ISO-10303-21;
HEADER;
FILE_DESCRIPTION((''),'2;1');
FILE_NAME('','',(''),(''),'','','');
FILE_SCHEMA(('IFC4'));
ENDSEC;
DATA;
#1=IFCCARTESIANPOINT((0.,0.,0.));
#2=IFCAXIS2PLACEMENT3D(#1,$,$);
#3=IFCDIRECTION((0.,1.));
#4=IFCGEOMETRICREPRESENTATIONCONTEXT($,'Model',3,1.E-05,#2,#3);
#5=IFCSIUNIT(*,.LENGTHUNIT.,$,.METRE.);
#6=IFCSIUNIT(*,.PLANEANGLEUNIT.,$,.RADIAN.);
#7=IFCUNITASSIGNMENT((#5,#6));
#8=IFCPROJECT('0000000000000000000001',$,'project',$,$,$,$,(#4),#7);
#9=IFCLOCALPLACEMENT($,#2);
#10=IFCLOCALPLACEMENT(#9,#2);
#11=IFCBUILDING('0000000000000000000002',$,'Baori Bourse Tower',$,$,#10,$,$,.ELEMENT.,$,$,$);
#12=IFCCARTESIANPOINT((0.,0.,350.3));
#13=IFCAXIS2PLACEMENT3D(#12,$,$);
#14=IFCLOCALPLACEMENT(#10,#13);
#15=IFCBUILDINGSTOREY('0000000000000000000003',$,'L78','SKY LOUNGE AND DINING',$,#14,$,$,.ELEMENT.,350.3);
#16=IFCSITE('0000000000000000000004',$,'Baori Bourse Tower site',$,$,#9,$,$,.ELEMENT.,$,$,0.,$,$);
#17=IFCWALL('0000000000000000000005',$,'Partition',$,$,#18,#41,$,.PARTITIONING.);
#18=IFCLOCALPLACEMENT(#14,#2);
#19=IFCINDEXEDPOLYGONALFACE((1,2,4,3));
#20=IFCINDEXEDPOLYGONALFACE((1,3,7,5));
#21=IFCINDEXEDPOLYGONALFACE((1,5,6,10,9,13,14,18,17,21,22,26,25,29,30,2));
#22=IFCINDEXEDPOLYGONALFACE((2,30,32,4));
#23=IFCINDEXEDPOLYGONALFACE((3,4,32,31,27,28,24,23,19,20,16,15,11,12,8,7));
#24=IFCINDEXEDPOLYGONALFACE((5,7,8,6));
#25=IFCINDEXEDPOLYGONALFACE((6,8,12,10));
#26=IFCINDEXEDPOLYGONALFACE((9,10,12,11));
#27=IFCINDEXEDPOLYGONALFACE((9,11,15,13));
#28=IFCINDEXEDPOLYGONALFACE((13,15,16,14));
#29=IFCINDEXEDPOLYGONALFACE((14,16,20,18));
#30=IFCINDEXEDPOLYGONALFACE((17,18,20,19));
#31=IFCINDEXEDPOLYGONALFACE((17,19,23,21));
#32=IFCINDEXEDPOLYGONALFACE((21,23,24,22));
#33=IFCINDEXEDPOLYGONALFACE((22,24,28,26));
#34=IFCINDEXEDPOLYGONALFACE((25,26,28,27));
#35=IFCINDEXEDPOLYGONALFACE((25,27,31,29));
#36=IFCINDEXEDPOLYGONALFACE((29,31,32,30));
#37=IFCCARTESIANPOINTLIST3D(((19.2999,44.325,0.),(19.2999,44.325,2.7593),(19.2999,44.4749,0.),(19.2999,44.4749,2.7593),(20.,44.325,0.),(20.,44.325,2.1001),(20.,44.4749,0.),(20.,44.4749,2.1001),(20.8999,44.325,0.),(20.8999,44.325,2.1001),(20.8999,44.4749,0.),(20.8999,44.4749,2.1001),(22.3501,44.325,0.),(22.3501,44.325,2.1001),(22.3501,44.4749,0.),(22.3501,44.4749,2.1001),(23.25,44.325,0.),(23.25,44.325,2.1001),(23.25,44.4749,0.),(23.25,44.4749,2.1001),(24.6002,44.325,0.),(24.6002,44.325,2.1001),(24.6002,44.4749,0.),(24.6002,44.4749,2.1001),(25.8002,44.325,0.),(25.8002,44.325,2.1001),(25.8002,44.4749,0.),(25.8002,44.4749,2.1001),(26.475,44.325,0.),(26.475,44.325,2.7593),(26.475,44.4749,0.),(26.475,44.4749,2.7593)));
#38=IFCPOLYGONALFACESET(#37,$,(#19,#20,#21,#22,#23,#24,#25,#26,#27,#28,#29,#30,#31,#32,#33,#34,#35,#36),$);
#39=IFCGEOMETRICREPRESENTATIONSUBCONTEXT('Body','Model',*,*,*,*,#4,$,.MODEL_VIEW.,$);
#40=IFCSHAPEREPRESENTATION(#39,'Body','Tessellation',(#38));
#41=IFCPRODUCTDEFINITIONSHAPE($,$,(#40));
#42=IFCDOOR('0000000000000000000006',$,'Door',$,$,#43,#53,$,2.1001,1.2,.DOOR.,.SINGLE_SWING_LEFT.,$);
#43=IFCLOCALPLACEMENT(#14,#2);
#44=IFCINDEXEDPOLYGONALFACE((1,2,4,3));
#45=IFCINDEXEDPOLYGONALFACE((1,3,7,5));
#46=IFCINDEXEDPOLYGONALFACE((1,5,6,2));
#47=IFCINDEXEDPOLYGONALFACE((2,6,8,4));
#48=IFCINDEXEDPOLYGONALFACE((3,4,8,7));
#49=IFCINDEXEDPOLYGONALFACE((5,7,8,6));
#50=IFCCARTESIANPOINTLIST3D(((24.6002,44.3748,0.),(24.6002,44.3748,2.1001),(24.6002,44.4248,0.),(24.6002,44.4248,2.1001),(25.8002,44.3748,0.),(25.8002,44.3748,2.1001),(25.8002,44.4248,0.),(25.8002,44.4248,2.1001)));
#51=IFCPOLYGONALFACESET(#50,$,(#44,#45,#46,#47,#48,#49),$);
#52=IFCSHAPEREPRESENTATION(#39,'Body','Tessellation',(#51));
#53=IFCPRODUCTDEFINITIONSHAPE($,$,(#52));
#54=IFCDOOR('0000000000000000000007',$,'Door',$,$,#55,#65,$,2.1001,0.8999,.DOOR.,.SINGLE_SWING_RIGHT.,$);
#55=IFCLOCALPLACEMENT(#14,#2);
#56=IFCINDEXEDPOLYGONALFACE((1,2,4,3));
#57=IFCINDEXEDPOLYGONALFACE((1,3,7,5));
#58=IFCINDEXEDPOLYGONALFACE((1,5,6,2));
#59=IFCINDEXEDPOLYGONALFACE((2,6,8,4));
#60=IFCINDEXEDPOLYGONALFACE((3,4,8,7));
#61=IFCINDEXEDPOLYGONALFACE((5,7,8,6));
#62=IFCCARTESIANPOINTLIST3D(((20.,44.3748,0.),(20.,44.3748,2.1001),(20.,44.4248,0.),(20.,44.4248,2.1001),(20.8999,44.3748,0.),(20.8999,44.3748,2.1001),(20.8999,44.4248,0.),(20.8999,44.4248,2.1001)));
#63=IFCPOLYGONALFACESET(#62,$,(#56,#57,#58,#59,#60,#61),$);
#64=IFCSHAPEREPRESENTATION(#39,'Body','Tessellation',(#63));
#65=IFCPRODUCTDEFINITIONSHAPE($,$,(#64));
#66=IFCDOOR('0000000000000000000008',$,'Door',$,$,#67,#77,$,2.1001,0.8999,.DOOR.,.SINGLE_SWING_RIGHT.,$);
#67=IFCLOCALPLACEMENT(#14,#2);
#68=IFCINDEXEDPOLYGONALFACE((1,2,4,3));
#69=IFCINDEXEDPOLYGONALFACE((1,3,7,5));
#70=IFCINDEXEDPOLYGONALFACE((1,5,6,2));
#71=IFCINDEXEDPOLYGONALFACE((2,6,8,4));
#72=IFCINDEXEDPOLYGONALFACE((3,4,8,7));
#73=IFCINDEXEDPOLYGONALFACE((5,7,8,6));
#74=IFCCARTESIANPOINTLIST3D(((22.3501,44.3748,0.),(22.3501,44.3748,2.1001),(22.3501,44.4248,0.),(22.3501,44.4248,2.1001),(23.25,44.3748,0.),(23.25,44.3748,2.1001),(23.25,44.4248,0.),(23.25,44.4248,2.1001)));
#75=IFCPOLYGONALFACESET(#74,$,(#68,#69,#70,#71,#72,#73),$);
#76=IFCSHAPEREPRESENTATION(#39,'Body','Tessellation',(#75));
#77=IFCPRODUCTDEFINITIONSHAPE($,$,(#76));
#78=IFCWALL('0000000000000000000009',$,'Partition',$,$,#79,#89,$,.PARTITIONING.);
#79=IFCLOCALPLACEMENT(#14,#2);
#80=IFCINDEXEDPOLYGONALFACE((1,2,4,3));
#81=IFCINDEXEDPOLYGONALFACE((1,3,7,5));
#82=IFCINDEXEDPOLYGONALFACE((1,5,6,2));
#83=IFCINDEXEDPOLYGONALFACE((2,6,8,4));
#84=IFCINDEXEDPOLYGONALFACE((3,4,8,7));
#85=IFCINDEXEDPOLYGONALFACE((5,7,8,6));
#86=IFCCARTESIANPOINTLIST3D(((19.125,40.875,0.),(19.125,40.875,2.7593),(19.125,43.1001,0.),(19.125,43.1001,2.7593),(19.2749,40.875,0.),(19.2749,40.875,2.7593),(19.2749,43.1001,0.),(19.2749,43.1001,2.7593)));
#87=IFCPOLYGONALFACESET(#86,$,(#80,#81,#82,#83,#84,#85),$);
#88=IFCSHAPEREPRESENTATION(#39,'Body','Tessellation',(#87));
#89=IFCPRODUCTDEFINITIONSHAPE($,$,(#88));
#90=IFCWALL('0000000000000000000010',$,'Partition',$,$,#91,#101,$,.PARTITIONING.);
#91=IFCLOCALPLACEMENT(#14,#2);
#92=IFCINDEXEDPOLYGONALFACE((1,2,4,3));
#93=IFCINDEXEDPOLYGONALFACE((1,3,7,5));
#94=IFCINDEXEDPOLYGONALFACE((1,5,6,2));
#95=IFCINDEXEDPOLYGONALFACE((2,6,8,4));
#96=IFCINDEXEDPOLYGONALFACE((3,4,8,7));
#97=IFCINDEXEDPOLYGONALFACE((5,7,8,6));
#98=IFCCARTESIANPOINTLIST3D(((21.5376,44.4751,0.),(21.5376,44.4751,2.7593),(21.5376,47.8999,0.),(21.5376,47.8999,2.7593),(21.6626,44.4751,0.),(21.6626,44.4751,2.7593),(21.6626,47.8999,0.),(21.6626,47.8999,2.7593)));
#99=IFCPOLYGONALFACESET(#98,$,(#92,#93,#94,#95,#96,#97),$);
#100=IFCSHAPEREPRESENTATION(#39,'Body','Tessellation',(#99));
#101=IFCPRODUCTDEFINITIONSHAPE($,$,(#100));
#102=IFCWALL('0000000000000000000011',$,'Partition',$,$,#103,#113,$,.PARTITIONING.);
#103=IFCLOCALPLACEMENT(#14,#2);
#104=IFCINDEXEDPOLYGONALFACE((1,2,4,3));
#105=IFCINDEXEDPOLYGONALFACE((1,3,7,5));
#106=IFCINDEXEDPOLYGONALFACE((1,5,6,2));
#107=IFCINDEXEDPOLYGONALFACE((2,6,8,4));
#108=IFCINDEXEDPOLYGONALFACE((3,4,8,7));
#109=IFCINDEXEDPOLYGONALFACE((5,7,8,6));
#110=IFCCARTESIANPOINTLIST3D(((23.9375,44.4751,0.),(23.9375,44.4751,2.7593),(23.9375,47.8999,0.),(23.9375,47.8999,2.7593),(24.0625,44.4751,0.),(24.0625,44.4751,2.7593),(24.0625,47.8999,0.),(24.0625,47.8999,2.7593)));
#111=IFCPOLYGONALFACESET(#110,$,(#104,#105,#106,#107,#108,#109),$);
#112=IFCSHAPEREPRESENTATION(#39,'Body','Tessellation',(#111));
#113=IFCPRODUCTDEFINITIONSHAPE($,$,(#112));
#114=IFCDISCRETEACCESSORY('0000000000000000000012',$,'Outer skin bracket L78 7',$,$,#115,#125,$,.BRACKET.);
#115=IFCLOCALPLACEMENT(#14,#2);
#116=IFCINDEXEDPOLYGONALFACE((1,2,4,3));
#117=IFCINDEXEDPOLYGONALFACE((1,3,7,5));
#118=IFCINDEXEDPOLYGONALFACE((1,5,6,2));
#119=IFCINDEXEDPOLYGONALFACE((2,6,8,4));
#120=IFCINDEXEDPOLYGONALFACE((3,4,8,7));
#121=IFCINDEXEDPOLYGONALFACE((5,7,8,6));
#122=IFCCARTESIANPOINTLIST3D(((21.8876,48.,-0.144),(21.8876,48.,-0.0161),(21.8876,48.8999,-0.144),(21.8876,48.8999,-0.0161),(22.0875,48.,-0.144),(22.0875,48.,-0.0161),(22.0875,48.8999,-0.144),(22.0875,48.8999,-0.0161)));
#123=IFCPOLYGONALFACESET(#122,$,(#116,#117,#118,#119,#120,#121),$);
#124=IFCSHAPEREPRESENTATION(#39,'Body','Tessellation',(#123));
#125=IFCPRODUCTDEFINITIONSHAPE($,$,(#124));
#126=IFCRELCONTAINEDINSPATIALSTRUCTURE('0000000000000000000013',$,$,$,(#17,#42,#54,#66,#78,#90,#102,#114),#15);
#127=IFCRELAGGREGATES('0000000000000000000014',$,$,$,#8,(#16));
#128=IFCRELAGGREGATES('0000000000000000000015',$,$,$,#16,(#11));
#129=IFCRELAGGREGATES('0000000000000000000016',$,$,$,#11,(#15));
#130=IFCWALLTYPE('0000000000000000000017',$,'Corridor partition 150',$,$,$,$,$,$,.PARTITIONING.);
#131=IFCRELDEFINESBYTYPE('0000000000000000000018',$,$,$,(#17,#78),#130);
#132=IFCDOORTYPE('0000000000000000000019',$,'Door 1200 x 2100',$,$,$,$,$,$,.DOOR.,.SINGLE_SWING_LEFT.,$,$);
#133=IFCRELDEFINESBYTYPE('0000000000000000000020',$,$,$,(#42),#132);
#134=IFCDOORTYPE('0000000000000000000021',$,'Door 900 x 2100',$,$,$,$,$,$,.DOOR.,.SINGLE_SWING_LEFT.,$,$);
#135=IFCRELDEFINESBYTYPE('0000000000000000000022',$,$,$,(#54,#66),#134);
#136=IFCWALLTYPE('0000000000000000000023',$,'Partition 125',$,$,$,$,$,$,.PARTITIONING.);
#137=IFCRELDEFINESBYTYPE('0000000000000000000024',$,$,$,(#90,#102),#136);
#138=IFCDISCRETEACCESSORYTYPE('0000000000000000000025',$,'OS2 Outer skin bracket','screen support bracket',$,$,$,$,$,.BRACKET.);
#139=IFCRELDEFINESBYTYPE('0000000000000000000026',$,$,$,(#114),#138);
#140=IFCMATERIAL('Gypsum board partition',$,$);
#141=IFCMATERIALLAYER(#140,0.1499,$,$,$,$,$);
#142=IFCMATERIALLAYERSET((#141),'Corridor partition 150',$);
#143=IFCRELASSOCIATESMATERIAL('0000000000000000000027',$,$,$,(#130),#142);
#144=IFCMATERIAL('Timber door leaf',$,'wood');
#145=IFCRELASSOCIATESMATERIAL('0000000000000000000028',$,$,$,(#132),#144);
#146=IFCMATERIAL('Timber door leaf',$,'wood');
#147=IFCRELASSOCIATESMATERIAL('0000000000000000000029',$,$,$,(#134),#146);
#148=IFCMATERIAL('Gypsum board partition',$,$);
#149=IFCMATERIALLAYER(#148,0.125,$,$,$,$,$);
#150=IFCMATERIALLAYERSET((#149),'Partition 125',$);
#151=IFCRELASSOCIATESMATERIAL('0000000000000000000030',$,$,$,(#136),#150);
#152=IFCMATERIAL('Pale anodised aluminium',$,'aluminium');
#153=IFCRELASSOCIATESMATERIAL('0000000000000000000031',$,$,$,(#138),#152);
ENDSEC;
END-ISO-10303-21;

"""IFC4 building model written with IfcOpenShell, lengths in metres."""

from ifc_helpers import new_model, si_unit, direction, frame, frame_2d, origin, origin_2d, place, context, subcontext, project, spatial, rectangle, extrude, material, layer, layer_set, type_object, element, fill, save


model = new_model("IFC4")

# Units and contexts
model_context = context("Model", 3, precision=1e-05, world=origin(), true_north=direction((0.0, 1.0)))
body_context = subcontext(model_context, "Body", "Model", "MODEL_VIEW")
ifc_project = project(units=[si_unit("LENGTHUNIT", "METRE"), si_unit("PLANEANGLEUNIT", "RADIAN")], contexts=[model_context])

# Site, building, storey
site_placement = place(None, origin())
site = spatial("IfcSite", under=ifc_project, at=site_placement, Name="Baori Bourse Tower site", CompositionType="ELEMENT", RefElevation=0.0)
building_placement = place(site_placement, origin())
building = spatial("IfcBuilding", under=site, at=building_placement, Name="Baori Bourse Tower", CompositionType="ELEMENT")
storey_placement = place(building_placement, frame((0.0, 0.0, 350.3)))
storey = spatial("IfcBuildingStorey", under=building, at=storey_placement, Name="L78", Description="SKY LOUNGE AND DINING", CompositionType="ELEMENT", Elevation=350.3)

# Wall, openings, doors
ifc_material_1 = material(Name="Gypsum board partition")
ifc_layer_1 = layer(ifc_material_1, 0.1499)
ifc_layer_set_1 = layer_set([ifc_layer_1], Name="Corridor partition 150")
wall_type_1 = type_object("IfcWallType", Name="Corridor partition 150", PredefinedType="PARTITIONING", material=ifc_layer_set_1)
wall_1_placement = place(storey_placement, frame((19.3, 44.3999, 0.0), z_axis=(0.0, 0.0, 1.0), x_axis=(1.0, 0.0, 0.0)))
wall_1 = element("IfcWall", 1, at=wall_1_placement, inside=storey, type_object=wall_type_1, Name="Partition", PredefinedType="PARTITIONING", context=body_context, shape_type="SweptSolid", body=[
    extrude(rectangle(XDim=7.175, YDim=0.1499, at=frame_2d((3.5874, 0.0))), origin(), (0.0, 0.0, 1.0), 2.7593),
])
opening_1_placement = place(wall_1_placement, frame((0.7, 0.0, 0.0)))
opening_1 = element("IfcOpeningElement", 2, at=opening_1_placement, cuts=wall_1, PredefinedType="OPENING", context=body_context, shape_type="SweptSolid", body=[
    extrude(rectangle(XDim=0.8999, YDim=2.1001, at=frame_2d((0.45, 1.05))), frame((0.0, 0.085, 0.0), z_axis=(0.0, -1.0, 0.0), x_axis=(1.0, 0.0, 0.0)), (0.0, 0.0, 1.0), 0.1699),
])
opening_2_placement = place(wall_1_placement, frame((3.05, 0.0, 0.0)))
opening_2 = element("IfcOpeningElement", 3, at=opening_2_placement, cuts=wall_1, PredefinedType="OPENING", context=body_context, shape_type="SweptSolid", body=[
    extrude(rectangle(XDim=0.8999, YDim=2.1001, at=frame_2d((0.45, 1.05))), frame((0.0, 0.085, 0.0), z_axis=(0.0, -1.0, 0.0), x_axis=(1.0, 0.0, 0.0)), (0.0, 0.0, 1.0), 0.1699),
])
opening_3_placement = place(wall_1_placement, frame((5.3, 0.0, 0.0)))
opening_3 = element("IfcOpeningElement", 4, at=opening_3_placement, cuts=wall_1, PredefinedType="OPENING", context=body_context, shape_type="SweptSolid", body=[
    extrude(rectangle(XDim=1.2, YDim=2.1001, at=frame_2d((0.6001, 1.05))), frame((0.0, 0.085, 0.0), z_axis=(0.0, -1.0, 0.0), x_axis=(1.0, 0.0, 0.0)), (0.0, 0.0, 1.0), 0.1699),
])
ifc_material_2 = material(Name="Timber door leaf", Category="wood")
door_type_1 = type_object("IfcDoorType", Name="Door 1200 x 2100", OperationType="SINGLE_SWING_LEFT", PredefinedType="DOOR", material=ifc_material_2)
door_1_placement = place(opening_3_placement, origin())
door_1 = element("IfcDoor", 5, at=door_1_placement, inside=storey, type_object=door_type_1, Name="Door", OperationType="SINGLE_SWING_LEFT", OverallHeight=2.1001, OverallWidth=1.2, PredefinedType="DOOR", context=body_context, shape_type="SweptSolid", body=[
    extrude(rectangle(XDim=1.2, YDim=2.1001, at=frame_2d((0.6001, 1.05))), frame((0.0, 0.0249, 0.0), z_axis=(0.0, -1.0, 0.0), x_axis=(1.0, 0.0, 0.0)), (0.0, 0.0, 1.0), 0.05),
])
fill(opening_3, door_1)
ifc_material_3 = material(Name="Timber door leaf", Category="wood")
door_type_2 = type_object("IfcDoorType", Name="Door 900 x 2100", OperationType="SINGLE_SWING_LEFT", PredefinedType="DOOR", material=ifc_material_3)
door_2_placement = place(opening_1_placement, origin())
door_2 = element("IfcDoor", 6, at=door_2_placement, inside=storey, type_object=door_type_2, Name="Door", OperationType="SINGLE_SWING_RIGHT", OverallHeight=2.1001, OverallWidth=0.8999, PredefinedType="DOOR", context=body_context, shape_type="SweptSolid", body=[
    extrude(rectangle(XDim=0.8999, YDim=2.1001, at=frame_2d((0.45, 1.05))), frame((0.0, 0.0249, 0.0), z_axis=(0.0, -1.0, 0.0), x_axis=(1.0, 0.0, 0.0)), (0.0, 0.0, 1.0), 0.05),
])
fill(opening_1, door_2)
door_3_placement = place(opening_2_placement, origin())
door_3 = element("IfcDoor", 7, at=door_3_placement, inside=storey, type_object=door_type_2, Name="Door", OperationType="SINGLE_SWING_RIGHT", OverallHeight=2.1001, OverallWidth=0.8999, PredefinedType="DOOR", context=body_context, shape_type="SweptSolid", body=[
    extrude(rectangle(XDim=0.8999, YDim=2.1001, at=frame_2d((0.45, 1.05))), frame((0.0, 0.0249, 0.0), z_axis=(0.0, -1.0, 0.0), x_axis=(1.0, 0.0, 0.0)), (0.0, 0.0, 1.0), 0.05),
])
fill(opening_2, door_3)

# Walls
wall_2_placement = place(storey_placement, frame((19.2, 40.875, 0.0), z_axis=(0.0, 0.0, 1.0), x_axis=(0.0, 1.0, 0.0)))
element("IfcWall", 8, at=wall_2_placement, inside=storey, type_object=wall_type_1, Name="Partition", PredefinedType="PARTITIONING", context=body_context, shape_type="SweptSolid", body=[
    extrude(rectangle(XDim=2.2251, YDim=0.1499, at=frame_2d((1.1125, 0.0))), origin(), (0.0, 0.0, 1.0), 2.7593),
])
ifc_material_4 = material(Name="Gypsum board partition")
ifc_layer_2 = layer(ifc_material_4, 0.125)
ifc_layer_set_2 = layer_set([ifc_layer_2], Name="Partition 125")
wall_type_2 = type_object("IfcWallType", Name="Partition 125", PredefinedType="PARTITIONING", material=ifc_layer_set_2)
for number, where, z_axis, x_axis, name in (
    (9, (21.6001, 44.4751, 0.0), (0.0, 0.0, 1.0), (0.0, 1.0, 0.0), "Partition"),
    (10, (24.0, 44.4751, 0.0), (0.0, 0.0, 1.0), (0.0, 1.0, 0.0), "Partition"),
):
    element("IfcWall", number, at=place(storey_placement, frame(where, z_axis=z_axis, x_axis=x_axis)), inside=storey, type_object=wall_type_2, Name=name, PredefinedType="PARTITIONING", context=body_context, shape_type="SweptSolid", body=[
        extrude(rectangle(XDim=3.4248, YDim=0.125, at=frame_2d((1.7124, 0.0))), origin(), (0.0, 0.0, 1.0), 2.7593),
    ])

# Discrete accessory
ifc_material_5 = material(Name="Pale anodised aluminium", Category="aluminium")
discrete_accessory_type = type_object("IfcDiscreteAccessoryType", Name="OS2 Outer skin bracket", Description="screen support bracket", PredefinedType="BRACKET", material=ifc_material_5)
discrete_accessory_placement = place(storey_placement, frame((21.9875, 48.45, -0.144), z_axis=(0.0, 0.0, 1.0), x_axis=(-1.0, 0.0, 0.0)))
element("IfcDiscreteAccessory", 11, at=discrete_accessory_placement, inside=storey, type_object=discrete_accessory_type, Name="Outer skin bracket L78 7", PredefinedType="BRACKET", context=body_context, shape_type="SweptSolid", body=[
    extrude(rectangle(XDim=0.2, YDim=0.8999, at=origin_2d()), origin(), (0.0, 0.0, 1.0), 0.1279),
])

save(model, "model.ifc")
